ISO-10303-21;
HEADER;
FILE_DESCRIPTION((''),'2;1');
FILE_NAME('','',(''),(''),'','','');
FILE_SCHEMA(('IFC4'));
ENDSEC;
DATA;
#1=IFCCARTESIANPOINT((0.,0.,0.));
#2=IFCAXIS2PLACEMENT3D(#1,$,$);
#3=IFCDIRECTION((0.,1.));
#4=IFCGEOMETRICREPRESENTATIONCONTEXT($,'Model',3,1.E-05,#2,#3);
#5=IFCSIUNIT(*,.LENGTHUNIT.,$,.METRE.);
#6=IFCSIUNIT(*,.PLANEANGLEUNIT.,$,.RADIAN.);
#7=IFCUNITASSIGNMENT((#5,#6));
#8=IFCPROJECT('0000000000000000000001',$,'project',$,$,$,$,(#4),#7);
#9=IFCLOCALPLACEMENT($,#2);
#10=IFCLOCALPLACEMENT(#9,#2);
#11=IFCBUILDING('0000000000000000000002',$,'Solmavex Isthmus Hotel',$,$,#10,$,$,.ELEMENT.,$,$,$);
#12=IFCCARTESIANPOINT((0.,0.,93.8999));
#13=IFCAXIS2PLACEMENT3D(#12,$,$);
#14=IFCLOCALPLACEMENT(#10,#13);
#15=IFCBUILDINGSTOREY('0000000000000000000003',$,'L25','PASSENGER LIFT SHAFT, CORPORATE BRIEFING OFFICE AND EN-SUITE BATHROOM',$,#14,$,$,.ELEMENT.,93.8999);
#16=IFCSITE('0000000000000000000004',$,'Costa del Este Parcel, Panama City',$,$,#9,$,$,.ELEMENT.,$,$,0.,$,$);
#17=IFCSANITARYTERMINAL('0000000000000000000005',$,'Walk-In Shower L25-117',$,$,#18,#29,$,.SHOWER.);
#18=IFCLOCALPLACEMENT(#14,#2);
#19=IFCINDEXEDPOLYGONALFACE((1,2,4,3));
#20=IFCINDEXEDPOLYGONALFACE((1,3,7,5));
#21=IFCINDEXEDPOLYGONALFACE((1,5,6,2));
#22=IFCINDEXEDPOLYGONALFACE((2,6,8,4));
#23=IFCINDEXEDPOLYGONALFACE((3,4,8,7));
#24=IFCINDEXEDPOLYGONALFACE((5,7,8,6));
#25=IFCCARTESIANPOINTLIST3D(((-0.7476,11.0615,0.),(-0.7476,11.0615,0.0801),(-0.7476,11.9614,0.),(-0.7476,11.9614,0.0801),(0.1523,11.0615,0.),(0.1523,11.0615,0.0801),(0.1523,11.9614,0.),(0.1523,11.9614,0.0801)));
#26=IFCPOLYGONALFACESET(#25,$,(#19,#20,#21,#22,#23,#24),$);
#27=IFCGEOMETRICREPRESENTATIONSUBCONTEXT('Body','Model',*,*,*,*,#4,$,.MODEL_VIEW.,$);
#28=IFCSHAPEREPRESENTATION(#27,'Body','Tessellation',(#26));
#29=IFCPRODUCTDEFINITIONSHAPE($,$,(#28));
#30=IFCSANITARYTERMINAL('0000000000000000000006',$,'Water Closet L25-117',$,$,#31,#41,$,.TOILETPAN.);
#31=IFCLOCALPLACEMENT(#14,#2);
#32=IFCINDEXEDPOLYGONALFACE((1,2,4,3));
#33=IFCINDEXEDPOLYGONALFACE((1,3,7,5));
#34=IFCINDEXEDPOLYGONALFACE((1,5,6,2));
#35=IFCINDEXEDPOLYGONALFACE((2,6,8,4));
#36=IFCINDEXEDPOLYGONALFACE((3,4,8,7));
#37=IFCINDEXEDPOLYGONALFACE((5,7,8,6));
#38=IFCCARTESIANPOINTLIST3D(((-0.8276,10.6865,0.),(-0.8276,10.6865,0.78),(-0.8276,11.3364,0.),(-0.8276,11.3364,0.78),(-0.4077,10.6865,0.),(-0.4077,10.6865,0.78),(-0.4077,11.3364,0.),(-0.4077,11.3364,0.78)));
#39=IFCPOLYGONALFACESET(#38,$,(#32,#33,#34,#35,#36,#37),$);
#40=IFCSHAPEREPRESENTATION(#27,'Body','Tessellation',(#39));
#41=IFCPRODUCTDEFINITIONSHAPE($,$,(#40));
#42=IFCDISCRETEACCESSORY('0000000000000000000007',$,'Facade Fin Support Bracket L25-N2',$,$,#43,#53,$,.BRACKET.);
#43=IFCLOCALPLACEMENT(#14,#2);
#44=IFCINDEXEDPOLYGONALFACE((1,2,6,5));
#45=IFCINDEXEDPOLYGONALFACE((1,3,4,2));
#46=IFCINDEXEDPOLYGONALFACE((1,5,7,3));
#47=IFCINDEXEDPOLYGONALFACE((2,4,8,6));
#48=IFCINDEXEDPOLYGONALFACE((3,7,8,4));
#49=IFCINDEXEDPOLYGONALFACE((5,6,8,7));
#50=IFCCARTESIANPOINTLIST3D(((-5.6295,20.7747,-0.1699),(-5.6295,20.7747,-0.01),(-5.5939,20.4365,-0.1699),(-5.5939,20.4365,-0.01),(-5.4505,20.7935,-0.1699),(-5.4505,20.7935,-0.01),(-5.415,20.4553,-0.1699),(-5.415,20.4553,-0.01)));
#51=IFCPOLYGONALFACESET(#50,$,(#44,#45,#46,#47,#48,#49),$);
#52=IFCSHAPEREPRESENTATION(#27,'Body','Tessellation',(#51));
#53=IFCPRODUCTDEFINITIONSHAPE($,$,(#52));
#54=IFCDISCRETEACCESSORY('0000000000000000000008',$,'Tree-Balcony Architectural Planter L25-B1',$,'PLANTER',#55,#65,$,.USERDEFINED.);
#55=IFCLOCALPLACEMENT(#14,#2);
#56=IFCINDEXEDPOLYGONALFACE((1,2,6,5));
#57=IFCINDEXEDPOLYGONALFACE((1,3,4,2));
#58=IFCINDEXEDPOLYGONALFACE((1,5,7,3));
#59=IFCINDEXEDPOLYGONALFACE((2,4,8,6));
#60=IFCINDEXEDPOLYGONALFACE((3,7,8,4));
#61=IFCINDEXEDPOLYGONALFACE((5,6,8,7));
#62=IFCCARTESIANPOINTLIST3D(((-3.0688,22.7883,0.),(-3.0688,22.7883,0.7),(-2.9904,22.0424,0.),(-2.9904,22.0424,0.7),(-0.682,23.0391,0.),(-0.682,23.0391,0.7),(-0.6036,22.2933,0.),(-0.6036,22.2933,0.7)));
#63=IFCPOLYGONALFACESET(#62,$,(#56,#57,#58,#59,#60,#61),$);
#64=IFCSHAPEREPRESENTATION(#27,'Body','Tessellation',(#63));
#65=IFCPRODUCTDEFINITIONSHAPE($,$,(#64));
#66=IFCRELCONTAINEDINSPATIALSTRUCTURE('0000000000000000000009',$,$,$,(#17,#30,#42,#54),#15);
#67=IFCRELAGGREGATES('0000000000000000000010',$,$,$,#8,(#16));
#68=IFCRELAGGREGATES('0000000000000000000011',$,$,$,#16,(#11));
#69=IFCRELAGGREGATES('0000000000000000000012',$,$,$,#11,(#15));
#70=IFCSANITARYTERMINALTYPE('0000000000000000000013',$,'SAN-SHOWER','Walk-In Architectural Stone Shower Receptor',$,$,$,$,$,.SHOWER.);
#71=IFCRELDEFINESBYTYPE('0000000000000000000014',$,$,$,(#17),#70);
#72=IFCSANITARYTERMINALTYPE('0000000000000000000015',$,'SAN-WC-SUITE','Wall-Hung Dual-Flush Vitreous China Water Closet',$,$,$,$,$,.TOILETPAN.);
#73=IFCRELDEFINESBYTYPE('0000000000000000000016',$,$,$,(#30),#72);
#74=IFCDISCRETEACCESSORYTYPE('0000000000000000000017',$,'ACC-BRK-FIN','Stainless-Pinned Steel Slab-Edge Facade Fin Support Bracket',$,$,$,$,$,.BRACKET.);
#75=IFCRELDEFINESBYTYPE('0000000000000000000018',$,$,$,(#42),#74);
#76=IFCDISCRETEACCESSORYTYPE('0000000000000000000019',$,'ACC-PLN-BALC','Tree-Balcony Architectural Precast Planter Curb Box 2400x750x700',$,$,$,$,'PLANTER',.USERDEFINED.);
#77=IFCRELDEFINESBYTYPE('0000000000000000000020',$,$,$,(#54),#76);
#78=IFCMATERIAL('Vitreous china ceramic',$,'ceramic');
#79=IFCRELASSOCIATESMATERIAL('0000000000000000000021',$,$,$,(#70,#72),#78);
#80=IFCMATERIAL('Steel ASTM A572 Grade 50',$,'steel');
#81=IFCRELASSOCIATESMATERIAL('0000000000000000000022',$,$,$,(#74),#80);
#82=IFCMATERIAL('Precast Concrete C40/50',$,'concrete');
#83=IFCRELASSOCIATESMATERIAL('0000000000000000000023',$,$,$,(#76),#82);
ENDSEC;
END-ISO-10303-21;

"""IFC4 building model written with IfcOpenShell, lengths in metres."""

from ifc_helpers import new_model, si_unit, direction, frame, origin, origin_2d, place, context, subcontext, project, spatial, rectangle, extrude, material, type_object, element, save


model = new_model("IFC4")

# Units and contexts
model_context = context("Model", 3, precision=1e-05, world=origin(), true_north=direction((0.0, 1.0)))
body_context = subcontext(model_context, "Body", "Model", "MODEL_VIEW")
ifc_project = project(units=[si_unit("LENGTHUNIT", "METRE"), si_unit("PLANEANGLEUNIT", "RADIAN")], contexts=[model_context])

# Site, building, storey
site_placement = place(None, origin())
site = spatial("IfcSite", under=ifc_project, at=site_placement, Name="Costa del Este Parcel, Panama City", CompositionType="ELEMENT", RefElevation=0.0)
building_placement = place(site_placement, origin())
building = spatial("IfcBuilding", under=site, at=building_placement, Name="Solmavex Isthmus Hotel", CompositionType="ELEMENT")
storey_placement = place(building_placement, frame((0.0, 0.0, 93.8999)))
storey = spatial("IfcBuildingStorey", under=building, at=storey_placement, Name="L25", Description="PASSENGER LIFT SHAFT, CORPORATE BRIEFING OFFICE AND EN-SUITE BATHROOM", CompositionType="ELEMENT", Elevation=93.8999)

# Shared definitions
ifc_material_1 = material(Name="Precast Concrete C40/50", Category="concrete")

# Sanitary terminals
ifc_material_2 = material(Name="Vitreous china ceramic", Category="ceramic")
sanitary_terminal_type_1 = type_object("IfcSanitaryTerminalType", Name="SAN-SHOWER", Description="Walk-In Architectural Stone Shower Receptor", PredefinedType="SHOWER", material=ifc_material_2)
sanitary_terminal_1_placement = place(storey_placement, frame((-0.2976, 11.5115, 0.0), z_axis=(0.0, 0.0, 1.0), x_axis=(1.0, 0.0, 0.0)))
element("IfcSanitaryTerminal", 1, at=sanitary_terminal_1_placement, inside=storey, type_object=sanitary_terminal_type_1, Name="Walk-In Shower L25-117", PredefinedType="SHOWER", context=body_context, shape_type="SweptSolid", body=[
    extrude(rectangle(XDim=0.8999, YDim=0.8999, at=origin_2d()), origin(), (0.0, 0.0, 1.0), 0.0801),
])
sanitary_terminal_type_2 = type_object("IfcSanitaryTerminalType", Name="SAN-WC-SUITE", Description="Wall-Hung Dual-Flush Vitreous China Water Closet", PredefinedType="TOILETPAN", material=ifc_material_2)
sanitary_terminal_2_placement = place(storey_placement, frame((-0.6177, 11.0115, 0.0), z_axis=(0.0, 0.0, 1.0), x_axis=(1.0, 0.0, 0.0)))
element("IfcSanitaryTerminal", 2, at=sanitary_terminal_2_placement, inside=storey, type_object=sanitary_terminal_type_2, Name="Water Closet L25-117", PredefinedType="TOILETPAN", context=body_context, shape_type="SweptSolid", body=[
    extrude(rectangle(XDim=0.4199, YDim=0.6499, at=origin_2d()), origin(), (0.0, 0.0, 1.0), 0.78),
])

# Discrete accessories
ifc_material_3 = material(Name="Steel ASTM A572 Grade 50", Category="steel")
discrete_accessory_type_1 = type_object("IfcDiscreteAccessoryType", Name="ACC-BRK-FIN", Description="Stainless-Pinned Steel Slab-Edge Facade Fin Support Bracket", PredefinedType="BRACKET", material=ifc_material_3)
discrete_accessory_1_placement = place(storey_placement, frame((-5.5222, 20.615, -0.1699), z_axis=(0.0, 0.0, 1.0), x_axis=(-0.104528, 0.994522, 0.0)))
element("IfcDiscreteAccessory", 3, at=discrete_accessory_1_placement, inside=storey, type_object=discrete_accessory_type_1, Name="Facade Fin Support Bracket L25-N2", PredefinedType="BRACKET", context=body_context, shape_type="SweptSolid", body=[
    extrude(rectangle(XDim=0.3401, YDim=0.1799, at=origin_2d()), origin(), (0.0, 0.0, 1.0), 0.1599),
])
discrete_accessory_type_2 = type_object("IfcDiscreteAccessoryType", Name="ACC-PLN-BALC", Description="Tree-Balcony Architectural Precast Planter Curb Box 2400x750x700", ElementType="PLANTER", PredefinedType="USERDEFINED", material=ifc_material_1)
discrete_accessory_2_placement = place(storey_placement, frame((-1.8362, 22.5408, 0.0), z_axis=(0.0, 0.0, 1.0), x_axis=(0.994522, 0.104528, 0.0)))
element("IfcDiscreteAccessory", 4, at=discrete_accessory_2_placement, inside=storey, type_object=discrete_accessory_type_2, Name="Tree-Balcony Architectural Planter L25-B1", ObjectType="PLANTER", PredefinedType="USERDEFINED", context=body_context, shape_type="SweptSolid", body=[
    extrude(rectangle(XDim=2.3999, YDim=0.75, at=origin_2d()), origin(), (0.0, 0.0, 1.0), 0.7),
])

save(model, "model.ifc")
